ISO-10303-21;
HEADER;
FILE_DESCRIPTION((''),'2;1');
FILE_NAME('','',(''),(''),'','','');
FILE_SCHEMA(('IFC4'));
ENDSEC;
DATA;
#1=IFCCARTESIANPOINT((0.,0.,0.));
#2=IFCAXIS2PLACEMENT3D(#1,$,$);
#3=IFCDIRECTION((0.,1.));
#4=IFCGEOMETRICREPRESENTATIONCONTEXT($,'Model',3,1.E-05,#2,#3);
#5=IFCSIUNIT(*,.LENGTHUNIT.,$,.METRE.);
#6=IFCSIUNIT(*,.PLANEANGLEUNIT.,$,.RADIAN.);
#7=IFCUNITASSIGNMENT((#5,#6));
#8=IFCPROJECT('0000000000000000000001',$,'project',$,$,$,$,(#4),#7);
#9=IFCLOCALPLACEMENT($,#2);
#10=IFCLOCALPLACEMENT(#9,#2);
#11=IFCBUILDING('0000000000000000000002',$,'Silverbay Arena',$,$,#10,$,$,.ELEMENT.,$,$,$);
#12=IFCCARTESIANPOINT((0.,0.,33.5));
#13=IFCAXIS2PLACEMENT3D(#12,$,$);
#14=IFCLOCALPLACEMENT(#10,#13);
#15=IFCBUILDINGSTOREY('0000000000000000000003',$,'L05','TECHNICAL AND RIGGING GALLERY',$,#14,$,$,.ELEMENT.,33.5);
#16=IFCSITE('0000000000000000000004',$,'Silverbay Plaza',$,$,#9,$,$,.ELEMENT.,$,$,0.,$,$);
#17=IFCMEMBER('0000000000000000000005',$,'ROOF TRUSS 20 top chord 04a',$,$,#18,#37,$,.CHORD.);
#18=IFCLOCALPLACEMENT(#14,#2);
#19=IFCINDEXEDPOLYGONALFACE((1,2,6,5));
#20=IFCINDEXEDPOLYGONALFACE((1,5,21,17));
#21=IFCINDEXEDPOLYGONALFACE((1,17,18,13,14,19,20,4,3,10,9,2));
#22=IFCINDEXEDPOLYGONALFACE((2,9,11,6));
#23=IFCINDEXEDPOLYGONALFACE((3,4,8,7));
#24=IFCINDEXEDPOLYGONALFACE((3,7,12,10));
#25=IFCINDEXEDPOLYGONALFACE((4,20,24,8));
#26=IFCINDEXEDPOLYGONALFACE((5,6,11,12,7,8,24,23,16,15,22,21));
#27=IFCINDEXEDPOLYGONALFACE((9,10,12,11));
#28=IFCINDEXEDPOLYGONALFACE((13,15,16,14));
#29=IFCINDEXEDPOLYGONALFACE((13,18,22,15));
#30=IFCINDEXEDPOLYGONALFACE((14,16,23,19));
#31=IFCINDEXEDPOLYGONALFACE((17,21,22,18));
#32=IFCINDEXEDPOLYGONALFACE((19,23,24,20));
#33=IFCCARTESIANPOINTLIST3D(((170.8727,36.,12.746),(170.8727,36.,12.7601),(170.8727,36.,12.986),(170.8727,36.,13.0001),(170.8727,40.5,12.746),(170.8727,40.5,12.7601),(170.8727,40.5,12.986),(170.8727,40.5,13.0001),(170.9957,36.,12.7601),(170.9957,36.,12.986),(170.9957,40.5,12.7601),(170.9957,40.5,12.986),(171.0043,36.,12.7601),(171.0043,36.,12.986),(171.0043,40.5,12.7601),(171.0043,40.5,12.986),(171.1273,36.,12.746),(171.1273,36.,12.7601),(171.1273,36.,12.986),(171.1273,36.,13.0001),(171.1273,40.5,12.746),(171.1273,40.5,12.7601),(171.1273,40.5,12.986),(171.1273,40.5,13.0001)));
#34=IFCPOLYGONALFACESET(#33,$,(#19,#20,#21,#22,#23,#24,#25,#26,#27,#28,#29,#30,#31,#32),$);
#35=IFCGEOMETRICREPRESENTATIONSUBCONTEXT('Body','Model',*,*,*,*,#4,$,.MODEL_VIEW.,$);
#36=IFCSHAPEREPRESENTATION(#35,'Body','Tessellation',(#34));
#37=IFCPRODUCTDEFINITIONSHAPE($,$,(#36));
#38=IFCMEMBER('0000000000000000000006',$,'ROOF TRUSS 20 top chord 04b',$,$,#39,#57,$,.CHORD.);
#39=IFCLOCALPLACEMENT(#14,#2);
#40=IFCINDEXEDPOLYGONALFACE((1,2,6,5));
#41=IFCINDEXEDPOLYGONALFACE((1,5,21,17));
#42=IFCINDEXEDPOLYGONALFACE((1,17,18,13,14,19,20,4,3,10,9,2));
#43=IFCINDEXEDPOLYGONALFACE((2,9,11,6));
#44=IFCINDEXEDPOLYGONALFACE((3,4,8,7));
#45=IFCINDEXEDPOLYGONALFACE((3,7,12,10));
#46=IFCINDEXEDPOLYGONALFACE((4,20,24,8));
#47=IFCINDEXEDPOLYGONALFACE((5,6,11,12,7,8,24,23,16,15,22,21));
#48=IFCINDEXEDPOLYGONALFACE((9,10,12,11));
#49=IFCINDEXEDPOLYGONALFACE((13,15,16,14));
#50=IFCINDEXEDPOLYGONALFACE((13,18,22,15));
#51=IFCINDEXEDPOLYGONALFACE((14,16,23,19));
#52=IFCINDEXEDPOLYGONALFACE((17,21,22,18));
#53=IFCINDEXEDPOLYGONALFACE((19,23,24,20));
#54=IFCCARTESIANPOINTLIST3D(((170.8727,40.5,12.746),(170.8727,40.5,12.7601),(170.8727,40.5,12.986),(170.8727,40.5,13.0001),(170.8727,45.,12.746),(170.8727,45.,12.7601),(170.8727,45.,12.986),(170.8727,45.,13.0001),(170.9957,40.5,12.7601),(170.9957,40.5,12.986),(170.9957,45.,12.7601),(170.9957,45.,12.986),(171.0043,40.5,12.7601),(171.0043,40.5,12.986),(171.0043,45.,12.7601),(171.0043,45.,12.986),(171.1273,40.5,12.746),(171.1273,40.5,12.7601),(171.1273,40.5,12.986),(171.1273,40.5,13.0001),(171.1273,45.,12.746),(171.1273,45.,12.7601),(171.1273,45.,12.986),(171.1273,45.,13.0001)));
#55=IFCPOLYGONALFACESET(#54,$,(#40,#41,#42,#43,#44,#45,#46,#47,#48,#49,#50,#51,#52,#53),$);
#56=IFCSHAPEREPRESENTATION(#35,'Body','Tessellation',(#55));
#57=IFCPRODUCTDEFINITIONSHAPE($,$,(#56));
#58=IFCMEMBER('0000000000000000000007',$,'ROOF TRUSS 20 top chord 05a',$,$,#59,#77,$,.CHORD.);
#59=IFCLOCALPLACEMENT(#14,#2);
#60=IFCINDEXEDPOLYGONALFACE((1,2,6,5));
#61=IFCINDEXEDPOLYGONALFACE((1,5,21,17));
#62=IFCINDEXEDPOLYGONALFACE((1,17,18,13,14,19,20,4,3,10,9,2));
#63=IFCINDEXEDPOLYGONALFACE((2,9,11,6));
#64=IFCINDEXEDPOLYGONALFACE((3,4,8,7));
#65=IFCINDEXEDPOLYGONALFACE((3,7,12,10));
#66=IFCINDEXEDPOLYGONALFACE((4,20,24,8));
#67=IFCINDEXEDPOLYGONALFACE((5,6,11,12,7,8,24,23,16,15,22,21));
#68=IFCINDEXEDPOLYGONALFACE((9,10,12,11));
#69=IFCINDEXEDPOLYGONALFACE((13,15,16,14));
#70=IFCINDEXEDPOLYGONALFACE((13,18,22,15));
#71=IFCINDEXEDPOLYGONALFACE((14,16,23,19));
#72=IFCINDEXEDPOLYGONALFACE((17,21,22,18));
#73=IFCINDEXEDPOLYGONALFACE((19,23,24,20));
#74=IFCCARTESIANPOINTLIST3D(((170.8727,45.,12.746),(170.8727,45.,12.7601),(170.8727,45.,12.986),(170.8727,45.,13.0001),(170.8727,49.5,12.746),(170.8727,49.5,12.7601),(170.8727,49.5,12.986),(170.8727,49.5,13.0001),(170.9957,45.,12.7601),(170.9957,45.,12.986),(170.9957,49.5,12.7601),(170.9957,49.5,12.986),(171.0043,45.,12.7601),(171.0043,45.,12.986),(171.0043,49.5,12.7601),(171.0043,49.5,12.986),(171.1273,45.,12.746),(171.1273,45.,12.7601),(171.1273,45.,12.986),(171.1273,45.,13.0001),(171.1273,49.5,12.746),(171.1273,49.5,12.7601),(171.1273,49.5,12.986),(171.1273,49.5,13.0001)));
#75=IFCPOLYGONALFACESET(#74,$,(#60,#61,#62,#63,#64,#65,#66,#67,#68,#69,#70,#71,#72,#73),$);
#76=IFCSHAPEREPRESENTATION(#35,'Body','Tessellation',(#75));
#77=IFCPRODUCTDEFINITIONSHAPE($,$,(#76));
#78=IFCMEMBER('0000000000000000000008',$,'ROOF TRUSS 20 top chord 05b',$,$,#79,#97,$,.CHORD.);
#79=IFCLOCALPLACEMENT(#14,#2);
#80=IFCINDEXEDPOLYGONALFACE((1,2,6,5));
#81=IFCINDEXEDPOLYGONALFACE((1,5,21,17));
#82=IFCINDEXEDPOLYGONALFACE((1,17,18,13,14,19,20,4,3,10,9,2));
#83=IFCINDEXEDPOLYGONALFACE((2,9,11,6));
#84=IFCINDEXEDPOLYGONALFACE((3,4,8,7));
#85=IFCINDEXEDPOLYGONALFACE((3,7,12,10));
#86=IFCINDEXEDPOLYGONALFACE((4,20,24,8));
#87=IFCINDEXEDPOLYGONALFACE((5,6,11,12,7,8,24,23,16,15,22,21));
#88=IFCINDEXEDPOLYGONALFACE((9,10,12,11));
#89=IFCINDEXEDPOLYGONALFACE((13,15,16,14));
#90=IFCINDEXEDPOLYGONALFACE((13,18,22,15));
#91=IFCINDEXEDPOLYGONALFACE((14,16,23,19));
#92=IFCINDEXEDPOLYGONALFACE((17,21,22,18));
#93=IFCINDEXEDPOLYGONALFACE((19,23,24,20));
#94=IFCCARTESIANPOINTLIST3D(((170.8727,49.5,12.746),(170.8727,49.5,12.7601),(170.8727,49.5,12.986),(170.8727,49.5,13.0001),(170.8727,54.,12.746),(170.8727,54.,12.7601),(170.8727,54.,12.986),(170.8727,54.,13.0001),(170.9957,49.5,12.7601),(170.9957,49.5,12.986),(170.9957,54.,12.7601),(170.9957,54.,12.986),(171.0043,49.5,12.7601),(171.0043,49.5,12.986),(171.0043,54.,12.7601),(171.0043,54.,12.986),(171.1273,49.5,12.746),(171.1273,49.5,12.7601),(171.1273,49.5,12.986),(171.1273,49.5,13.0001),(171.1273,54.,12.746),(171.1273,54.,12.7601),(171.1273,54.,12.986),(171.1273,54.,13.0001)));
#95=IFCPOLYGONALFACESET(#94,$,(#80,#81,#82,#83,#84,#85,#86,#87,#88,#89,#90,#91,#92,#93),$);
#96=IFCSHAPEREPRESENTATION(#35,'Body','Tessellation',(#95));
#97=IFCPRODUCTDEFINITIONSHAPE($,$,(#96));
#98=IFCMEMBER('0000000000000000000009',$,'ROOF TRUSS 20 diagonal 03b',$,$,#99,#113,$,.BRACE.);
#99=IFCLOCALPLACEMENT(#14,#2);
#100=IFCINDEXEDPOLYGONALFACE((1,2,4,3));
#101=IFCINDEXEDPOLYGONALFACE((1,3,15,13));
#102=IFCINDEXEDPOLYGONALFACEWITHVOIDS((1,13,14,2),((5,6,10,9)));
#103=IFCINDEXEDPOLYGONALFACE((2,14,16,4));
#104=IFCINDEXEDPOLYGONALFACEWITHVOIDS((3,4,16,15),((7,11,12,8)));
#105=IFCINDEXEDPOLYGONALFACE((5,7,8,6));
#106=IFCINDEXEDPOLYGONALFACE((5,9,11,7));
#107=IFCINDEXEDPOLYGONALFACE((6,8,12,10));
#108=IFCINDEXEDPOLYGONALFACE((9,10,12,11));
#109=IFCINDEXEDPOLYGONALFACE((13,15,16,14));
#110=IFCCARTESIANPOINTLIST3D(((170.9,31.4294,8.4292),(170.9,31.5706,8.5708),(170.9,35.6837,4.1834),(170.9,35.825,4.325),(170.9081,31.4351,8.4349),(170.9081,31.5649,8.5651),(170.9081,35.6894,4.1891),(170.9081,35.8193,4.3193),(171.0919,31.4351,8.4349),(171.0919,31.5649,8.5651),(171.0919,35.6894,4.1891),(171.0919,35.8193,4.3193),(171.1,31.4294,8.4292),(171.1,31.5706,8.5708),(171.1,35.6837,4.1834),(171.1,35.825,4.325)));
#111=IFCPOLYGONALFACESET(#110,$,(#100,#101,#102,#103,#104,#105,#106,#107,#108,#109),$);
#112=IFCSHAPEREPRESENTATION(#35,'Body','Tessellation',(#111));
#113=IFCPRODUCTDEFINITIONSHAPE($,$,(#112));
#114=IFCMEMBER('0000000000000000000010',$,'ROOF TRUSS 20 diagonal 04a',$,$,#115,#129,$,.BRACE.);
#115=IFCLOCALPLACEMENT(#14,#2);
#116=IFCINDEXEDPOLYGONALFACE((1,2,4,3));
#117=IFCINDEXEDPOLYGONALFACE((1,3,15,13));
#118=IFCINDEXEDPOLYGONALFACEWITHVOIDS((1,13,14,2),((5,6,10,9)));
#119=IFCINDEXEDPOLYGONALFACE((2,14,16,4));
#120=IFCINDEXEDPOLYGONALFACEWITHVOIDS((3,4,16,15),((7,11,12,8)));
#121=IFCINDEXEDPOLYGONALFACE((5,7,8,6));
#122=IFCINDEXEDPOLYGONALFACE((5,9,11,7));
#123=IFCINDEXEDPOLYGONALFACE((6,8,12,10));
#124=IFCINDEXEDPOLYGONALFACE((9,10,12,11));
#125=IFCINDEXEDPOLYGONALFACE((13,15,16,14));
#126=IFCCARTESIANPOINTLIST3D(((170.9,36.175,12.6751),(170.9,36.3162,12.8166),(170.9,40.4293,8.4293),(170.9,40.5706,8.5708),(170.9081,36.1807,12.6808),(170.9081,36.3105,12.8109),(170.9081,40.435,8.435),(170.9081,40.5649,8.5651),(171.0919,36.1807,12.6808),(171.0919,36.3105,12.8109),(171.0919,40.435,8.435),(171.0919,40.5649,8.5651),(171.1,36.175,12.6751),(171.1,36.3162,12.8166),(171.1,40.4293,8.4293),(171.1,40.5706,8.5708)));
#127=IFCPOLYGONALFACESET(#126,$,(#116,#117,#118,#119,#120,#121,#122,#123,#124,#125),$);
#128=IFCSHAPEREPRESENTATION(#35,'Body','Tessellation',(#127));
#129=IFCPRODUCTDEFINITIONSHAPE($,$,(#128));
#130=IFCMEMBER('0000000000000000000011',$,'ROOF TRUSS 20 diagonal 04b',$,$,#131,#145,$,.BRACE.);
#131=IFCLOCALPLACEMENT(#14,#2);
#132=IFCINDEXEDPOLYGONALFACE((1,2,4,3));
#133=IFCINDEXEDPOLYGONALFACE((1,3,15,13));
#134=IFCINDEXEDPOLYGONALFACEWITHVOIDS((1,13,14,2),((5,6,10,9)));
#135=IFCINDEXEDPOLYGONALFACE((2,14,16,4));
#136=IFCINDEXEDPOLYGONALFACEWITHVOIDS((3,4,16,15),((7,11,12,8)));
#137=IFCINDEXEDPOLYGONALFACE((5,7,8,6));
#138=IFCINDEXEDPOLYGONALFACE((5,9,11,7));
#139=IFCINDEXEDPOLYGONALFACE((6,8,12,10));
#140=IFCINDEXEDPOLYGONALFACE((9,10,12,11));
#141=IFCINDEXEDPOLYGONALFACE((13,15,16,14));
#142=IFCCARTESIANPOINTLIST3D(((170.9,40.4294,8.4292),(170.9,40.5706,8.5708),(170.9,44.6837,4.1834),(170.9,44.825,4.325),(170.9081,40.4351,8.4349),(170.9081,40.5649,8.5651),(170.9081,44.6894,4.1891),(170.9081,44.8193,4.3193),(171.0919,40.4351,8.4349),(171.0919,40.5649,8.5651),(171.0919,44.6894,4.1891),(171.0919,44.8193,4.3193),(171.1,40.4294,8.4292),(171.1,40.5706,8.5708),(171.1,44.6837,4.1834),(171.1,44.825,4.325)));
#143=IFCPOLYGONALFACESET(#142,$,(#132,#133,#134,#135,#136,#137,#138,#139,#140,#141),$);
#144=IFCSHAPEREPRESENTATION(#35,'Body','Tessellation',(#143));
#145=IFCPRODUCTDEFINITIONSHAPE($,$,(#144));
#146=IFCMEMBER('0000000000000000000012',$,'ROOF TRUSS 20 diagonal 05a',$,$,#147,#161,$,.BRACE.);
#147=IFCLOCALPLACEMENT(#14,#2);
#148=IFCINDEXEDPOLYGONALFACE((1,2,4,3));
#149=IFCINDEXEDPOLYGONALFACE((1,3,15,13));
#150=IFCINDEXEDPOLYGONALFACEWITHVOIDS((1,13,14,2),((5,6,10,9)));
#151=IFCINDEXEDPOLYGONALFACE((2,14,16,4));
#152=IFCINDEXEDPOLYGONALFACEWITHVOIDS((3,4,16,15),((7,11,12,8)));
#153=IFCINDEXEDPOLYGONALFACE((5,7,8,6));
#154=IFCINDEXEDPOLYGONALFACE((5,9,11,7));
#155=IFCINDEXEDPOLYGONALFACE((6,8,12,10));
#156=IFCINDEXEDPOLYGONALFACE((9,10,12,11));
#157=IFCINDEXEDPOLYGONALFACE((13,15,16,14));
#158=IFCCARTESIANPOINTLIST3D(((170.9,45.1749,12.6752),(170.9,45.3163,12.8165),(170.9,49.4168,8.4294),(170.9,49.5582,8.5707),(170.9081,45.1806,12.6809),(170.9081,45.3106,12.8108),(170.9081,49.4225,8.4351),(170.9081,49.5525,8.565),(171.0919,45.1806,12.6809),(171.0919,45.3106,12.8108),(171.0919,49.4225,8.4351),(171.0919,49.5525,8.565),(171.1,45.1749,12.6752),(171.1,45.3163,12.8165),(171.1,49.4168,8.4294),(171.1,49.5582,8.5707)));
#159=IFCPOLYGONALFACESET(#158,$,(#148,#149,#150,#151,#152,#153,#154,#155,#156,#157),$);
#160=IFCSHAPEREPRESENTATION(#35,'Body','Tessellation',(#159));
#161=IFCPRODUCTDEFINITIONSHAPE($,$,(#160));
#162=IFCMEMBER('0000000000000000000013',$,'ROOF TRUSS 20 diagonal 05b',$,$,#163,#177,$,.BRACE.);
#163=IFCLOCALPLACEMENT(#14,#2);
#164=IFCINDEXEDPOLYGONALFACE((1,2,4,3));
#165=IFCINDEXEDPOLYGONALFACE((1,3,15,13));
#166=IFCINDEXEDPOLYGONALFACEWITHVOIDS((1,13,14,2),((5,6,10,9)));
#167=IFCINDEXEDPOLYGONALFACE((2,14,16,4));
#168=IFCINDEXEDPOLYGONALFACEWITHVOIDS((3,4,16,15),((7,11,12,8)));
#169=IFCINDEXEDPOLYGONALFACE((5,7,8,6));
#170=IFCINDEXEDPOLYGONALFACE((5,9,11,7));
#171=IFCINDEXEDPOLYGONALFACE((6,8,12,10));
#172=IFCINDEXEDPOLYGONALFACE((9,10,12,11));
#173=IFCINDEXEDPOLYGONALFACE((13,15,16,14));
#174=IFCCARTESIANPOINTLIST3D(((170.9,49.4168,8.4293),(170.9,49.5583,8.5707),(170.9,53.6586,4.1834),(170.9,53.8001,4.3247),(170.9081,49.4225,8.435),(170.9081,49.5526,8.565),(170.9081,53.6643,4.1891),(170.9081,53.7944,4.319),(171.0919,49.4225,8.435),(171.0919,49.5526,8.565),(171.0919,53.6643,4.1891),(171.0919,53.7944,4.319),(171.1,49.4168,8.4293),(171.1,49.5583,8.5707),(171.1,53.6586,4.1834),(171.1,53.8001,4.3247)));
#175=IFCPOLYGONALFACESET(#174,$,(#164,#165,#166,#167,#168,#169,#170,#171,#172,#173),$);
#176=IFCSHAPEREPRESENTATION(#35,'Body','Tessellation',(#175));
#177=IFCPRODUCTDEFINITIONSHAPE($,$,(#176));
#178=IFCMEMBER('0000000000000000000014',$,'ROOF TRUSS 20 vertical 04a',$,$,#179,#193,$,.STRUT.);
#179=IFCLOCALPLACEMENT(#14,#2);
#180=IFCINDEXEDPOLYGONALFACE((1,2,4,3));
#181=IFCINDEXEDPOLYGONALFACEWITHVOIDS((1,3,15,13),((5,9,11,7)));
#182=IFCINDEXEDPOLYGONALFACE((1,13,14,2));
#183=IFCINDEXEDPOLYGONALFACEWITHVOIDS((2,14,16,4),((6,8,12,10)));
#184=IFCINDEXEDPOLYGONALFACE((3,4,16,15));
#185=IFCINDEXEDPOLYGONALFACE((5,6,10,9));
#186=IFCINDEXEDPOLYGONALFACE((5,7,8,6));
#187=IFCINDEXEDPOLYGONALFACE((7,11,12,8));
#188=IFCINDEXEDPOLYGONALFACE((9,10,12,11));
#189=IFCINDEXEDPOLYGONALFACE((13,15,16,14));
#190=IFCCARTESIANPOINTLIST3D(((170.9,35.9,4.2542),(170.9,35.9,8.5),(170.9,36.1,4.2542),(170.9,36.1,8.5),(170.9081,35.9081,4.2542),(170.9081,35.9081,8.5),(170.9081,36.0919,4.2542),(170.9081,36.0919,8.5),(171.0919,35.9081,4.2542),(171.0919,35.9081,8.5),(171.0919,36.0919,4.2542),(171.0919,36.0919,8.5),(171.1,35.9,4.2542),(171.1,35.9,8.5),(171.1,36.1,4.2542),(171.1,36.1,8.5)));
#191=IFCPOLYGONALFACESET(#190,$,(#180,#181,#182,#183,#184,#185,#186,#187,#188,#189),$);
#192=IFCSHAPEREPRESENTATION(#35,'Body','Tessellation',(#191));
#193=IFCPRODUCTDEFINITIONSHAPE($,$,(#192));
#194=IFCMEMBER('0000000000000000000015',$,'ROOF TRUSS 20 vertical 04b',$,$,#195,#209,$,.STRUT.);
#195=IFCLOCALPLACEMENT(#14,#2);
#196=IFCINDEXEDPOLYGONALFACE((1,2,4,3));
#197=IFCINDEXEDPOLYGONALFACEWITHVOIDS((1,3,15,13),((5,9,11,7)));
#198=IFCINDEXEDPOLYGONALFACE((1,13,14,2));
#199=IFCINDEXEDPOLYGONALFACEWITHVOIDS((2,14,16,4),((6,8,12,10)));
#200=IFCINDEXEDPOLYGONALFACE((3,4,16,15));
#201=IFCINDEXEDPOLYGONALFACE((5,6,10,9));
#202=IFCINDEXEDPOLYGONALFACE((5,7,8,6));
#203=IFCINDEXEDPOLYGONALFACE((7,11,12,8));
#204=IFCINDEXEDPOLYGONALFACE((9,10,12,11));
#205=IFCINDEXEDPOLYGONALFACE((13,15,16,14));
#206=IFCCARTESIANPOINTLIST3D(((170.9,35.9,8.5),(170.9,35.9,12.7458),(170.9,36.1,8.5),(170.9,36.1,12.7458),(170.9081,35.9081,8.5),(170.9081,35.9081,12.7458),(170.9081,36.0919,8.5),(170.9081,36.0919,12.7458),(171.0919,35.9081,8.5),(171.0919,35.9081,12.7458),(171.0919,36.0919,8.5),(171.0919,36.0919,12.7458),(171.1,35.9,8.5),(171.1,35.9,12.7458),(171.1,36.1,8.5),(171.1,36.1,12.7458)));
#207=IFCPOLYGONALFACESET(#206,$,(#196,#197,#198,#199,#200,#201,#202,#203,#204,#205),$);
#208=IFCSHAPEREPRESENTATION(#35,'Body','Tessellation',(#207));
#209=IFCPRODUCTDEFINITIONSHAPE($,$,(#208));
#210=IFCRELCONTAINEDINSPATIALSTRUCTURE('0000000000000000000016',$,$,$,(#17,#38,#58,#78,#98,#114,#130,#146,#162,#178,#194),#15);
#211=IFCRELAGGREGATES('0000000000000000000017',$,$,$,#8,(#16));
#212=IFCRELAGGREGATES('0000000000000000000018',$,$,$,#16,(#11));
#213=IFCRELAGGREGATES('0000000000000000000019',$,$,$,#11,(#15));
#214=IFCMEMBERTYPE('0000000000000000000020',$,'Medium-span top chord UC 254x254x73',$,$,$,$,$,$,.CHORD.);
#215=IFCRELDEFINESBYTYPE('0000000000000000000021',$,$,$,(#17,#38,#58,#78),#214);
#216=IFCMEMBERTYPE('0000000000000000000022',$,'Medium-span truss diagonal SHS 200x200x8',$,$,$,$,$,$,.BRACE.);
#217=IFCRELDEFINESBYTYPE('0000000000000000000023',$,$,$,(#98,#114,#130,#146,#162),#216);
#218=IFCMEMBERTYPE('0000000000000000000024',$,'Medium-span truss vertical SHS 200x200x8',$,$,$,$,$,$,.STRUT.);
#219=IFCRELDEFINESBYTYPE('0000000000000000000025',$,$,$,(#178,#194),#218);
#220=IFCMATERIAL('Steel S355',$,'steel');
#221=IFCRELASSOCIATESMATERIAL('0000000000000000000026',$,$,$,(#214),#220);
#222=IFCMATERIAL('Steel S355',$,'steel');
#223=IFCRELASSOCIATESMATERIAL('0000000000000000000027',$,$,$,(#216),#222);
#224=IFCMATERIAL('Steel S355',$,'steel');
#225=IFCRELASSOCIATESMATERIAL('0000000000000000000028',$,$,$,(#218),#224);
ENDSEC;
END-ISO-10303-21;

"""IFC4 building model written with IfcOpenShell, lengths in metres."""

from ifc_helpers import new_model, si_unit, direction, frame, origin, origin_2d, place, context, subcontext, project, spatial, hollow_rectangle, i_section, extrude, material, material_profile, profile_set, type_object, element, save


model = new_model("IFC4")

# Units and contexts
model_context = context("Model", 3, precision=1e-05, world=origin(), true_north=direction((0.0, 1.0)))
body_context = subcontext(model_context, "Body", "Model", "MODEL_VIEW")
ifc_project = project(units=[si_unit("LENGTHUNIT", "METRE"), si_unit("PLANEANGLEUNIT", "RADIAN")], contexts=[model_context])

# Site, building, storey
site_placement = place(None, origin())
site = spatial("IfcSite", under=ifc_project, at=site_placement, Name="Silverbay Plaza", CompositionType="ELEMENT", RefElevation=0.0)
building_placement = place(site_placement, origin())
building = spatial("IfcBuilding", under=site, at=building_placement, Name="Silverbay Arena", CompositionType="ELEMENT")
storey_placement = place(building_placement, frame((0.0, 0.0, 33.5)))
storey = spatial("IfcBuildingStorey", under=building, at=storey_placement, Name="L05", Description="TECHNICAL AND RIGGING GALLERY", CompositionType="ELEMENT", Elevation=33.5)

# Members
ifc_material_1 = material(Name="Steel S355", Category="steel")
ifc_material_profile_1 = material_profile(ifc_material_1, i_section(OverallWidth=0.2546, OverallDepth=0.2542, WebThickness=0.0085, FlangeThickness=0.0142, at=origin_2d()), Name="UC 254x254x73")
ifc_profile_set_1 = profile_set([ifc_material_profile_1], Name="Steel S355")
member_type_1 = type_object("IfcMemberType", Name="Medium-span top chord UC 254x254x73", PredefinedType="CHORD", material=ifc_profile_set_1)
for number, where, z_axis, x_axis, name in (
    (1, (171.0, 36.0, 12.873), (0.0, 1.0, 0.0), (-1.0, 0.0, 0.0), "ROOF TRUSS 20 top chord 04a"),
    (2, (171.0, 40.5, 12.873), (0.0, 1.0, 0.0), (-1.0, 0.0, 0.0), "ROOF TRUSS 20 top chord 04b"),
    (3, (171.0, 45.0, 12.873), (0.0, 1.0, 0.0), (-1.0, 0.0, 0.0), "ROOF TRUSS 20 top chord 05a"),
    (4, (171.0, 49.5, 12.873), (0.0, 1.0, 0.0), (-1.0, 0.0, 0.0), "ROOF TRUSS 20 top chord 05b"),
):
    element("IfcMember", number, at=place(storey_placement, frame(where, z_axis=z_axis, x_axis=x_axis)), inside=storey, type_object=member_type_1, Name=name, PredefinedType="CHORD", context=body_context, shape_type="SweptSolid", body=[
        extrude(i_section(OverallWidth=0.2546, OverallDepth=0.2542, WebThickness=0.0085, FlangeThickness=0.0142, at=origin_2d()), origin(), (0.0, 0.0, 1.0), 4.5),
    ])
ifc_material_2 = material(Name="Steel S355", Category="steel")
ifc_material_profile_2 = material_profile(ifc_material_2, hollow_rectangle(XDim=0.2, YDim=0.2, WallThickness=0.0081, at=origin_2d()), Name="SHS 200x200x8")
ifc_profile_set_2 = profile_set([ifc_material_profile_2], Name="Steel S355")
member_type_2 = type_object("IfcMemberType", Name="Medium-span truss diagonal SHS 200x200x8", PredefinedType="BRACE", material=ifc_profile_set_2)
for number, where, z_axis, x_axis, name in (
    (5, (171.0, 31.5, 8.5), (0.0, 0.707817, -0.706396), (-1.0, 0.0, 0.0), "ROOF TRUSS 20 diagonal 03b"),
    (6, (171.0, 36.2456, 12.7458), (0.0, 0.707817, -0.706396), (-1.0, 0.0, 0.0), "ROOF TRUSS 20 diagonal 04a"),
    (7, (171.0, 40.5, 8.5), (0.0, 0.707817, -0.706396), (-1.0, 0.0, 0.0), "ROOF TRUSS 20 diagonal 04b"),
):
    element("IfcMember", number, at=place(storey_placement, frame(where, z_axis=z_axis, x_axis=x_axis)), inside=storey, type_object=member_type_2, Name=name, PredefinedType="BRACE", context=body_context, shape_type="SweptSolid", body=[
        extrude(hollow_rectangle(XDim=0.2, YDim=0.2, WallThickness=0.0081, at=origin_2d()), origin(), (0.0, 0.0, 1.0), 6.0105),
    ])
for number, where, z_axis, x_axis, name in (
    (8, (171.0, 45.2456, 12.7458), (0.0, 0.706781, -0.707432), (-1.0, 0.0, 0.0), "ROOF TRUSS 20 diagonal 05a"),
    (9, (171.0, 49.4875, 8.5), (0.0, 0.706761, -0.707452), (-1.0, 0.0, 0.0), "ROOF TRUSS 20 diagonal 05b"),
):
    element("IfcMember", number, at=place(storey_placement, frame(where, z_axis=z_axis, x_axis=x_axis)), inside=storey, type_object=member_type_2, Name=name, PredefinedType="BRACE", context=body_context, shape_type="SweptSolid", body=[
        extrude(hollow_rectangle(XDim=0.2, YDim=0.2, WallThickness=0.0081, at=origin_2d()), origin(), (0.0, 0.0, 1.0), 6.0017),
    ])
ifc_material_3 = material(Name="Steel S355", Category="steel")
ifc_material_profile_3 = material_profile(ifc_material_3, hollow_rectangle(XDim=0.2, YDim=0.2, WallThickness=0.0081, at=origin_2d()), Name="SHS 200x200x8")
ifc_profile_set_3 = profile_set([ifc_material_profile_3], Name="Steel S355")
member_type_3 = type_object("IfcMemberType", Name="Medium-span truss vertical SHS 200x200x8", PredefinedType="STRUT", material=ifc_profile_set_3)
for number, where, z_axis, x_axis, name in (
    (10, (171.0, 36.0, 4.2542), (0.0, 0.0, 1.0), (1.0, 0.0, 0.0), "ROOF TRUSS 20 vertical 04a"),
    (11, (171.0, 36.0, 8.5), (0.0, 0.0, 1.0), (1.0, 0.0, 0.0), "ROOF TRUSS 20 vertical 04b"),
):
    element("IfcMember", number, at=place(storey_placement, frame(where, z_axis=z_axis, x_axis=x_axis)), inside=storey, type_object=member_type_3, Name=name, PredefinedType="STRUT", context=body_context, shape_type="SweptSolid", body=[
        extrude(hollow_rectangle(XDim=0.2, YDim=0.2, WallThickness=0.0081, at=origin_2d()), origin(), (0.0, 0.0, 1.0), 4.2458),
    ])

save(model, "model.ifc")
